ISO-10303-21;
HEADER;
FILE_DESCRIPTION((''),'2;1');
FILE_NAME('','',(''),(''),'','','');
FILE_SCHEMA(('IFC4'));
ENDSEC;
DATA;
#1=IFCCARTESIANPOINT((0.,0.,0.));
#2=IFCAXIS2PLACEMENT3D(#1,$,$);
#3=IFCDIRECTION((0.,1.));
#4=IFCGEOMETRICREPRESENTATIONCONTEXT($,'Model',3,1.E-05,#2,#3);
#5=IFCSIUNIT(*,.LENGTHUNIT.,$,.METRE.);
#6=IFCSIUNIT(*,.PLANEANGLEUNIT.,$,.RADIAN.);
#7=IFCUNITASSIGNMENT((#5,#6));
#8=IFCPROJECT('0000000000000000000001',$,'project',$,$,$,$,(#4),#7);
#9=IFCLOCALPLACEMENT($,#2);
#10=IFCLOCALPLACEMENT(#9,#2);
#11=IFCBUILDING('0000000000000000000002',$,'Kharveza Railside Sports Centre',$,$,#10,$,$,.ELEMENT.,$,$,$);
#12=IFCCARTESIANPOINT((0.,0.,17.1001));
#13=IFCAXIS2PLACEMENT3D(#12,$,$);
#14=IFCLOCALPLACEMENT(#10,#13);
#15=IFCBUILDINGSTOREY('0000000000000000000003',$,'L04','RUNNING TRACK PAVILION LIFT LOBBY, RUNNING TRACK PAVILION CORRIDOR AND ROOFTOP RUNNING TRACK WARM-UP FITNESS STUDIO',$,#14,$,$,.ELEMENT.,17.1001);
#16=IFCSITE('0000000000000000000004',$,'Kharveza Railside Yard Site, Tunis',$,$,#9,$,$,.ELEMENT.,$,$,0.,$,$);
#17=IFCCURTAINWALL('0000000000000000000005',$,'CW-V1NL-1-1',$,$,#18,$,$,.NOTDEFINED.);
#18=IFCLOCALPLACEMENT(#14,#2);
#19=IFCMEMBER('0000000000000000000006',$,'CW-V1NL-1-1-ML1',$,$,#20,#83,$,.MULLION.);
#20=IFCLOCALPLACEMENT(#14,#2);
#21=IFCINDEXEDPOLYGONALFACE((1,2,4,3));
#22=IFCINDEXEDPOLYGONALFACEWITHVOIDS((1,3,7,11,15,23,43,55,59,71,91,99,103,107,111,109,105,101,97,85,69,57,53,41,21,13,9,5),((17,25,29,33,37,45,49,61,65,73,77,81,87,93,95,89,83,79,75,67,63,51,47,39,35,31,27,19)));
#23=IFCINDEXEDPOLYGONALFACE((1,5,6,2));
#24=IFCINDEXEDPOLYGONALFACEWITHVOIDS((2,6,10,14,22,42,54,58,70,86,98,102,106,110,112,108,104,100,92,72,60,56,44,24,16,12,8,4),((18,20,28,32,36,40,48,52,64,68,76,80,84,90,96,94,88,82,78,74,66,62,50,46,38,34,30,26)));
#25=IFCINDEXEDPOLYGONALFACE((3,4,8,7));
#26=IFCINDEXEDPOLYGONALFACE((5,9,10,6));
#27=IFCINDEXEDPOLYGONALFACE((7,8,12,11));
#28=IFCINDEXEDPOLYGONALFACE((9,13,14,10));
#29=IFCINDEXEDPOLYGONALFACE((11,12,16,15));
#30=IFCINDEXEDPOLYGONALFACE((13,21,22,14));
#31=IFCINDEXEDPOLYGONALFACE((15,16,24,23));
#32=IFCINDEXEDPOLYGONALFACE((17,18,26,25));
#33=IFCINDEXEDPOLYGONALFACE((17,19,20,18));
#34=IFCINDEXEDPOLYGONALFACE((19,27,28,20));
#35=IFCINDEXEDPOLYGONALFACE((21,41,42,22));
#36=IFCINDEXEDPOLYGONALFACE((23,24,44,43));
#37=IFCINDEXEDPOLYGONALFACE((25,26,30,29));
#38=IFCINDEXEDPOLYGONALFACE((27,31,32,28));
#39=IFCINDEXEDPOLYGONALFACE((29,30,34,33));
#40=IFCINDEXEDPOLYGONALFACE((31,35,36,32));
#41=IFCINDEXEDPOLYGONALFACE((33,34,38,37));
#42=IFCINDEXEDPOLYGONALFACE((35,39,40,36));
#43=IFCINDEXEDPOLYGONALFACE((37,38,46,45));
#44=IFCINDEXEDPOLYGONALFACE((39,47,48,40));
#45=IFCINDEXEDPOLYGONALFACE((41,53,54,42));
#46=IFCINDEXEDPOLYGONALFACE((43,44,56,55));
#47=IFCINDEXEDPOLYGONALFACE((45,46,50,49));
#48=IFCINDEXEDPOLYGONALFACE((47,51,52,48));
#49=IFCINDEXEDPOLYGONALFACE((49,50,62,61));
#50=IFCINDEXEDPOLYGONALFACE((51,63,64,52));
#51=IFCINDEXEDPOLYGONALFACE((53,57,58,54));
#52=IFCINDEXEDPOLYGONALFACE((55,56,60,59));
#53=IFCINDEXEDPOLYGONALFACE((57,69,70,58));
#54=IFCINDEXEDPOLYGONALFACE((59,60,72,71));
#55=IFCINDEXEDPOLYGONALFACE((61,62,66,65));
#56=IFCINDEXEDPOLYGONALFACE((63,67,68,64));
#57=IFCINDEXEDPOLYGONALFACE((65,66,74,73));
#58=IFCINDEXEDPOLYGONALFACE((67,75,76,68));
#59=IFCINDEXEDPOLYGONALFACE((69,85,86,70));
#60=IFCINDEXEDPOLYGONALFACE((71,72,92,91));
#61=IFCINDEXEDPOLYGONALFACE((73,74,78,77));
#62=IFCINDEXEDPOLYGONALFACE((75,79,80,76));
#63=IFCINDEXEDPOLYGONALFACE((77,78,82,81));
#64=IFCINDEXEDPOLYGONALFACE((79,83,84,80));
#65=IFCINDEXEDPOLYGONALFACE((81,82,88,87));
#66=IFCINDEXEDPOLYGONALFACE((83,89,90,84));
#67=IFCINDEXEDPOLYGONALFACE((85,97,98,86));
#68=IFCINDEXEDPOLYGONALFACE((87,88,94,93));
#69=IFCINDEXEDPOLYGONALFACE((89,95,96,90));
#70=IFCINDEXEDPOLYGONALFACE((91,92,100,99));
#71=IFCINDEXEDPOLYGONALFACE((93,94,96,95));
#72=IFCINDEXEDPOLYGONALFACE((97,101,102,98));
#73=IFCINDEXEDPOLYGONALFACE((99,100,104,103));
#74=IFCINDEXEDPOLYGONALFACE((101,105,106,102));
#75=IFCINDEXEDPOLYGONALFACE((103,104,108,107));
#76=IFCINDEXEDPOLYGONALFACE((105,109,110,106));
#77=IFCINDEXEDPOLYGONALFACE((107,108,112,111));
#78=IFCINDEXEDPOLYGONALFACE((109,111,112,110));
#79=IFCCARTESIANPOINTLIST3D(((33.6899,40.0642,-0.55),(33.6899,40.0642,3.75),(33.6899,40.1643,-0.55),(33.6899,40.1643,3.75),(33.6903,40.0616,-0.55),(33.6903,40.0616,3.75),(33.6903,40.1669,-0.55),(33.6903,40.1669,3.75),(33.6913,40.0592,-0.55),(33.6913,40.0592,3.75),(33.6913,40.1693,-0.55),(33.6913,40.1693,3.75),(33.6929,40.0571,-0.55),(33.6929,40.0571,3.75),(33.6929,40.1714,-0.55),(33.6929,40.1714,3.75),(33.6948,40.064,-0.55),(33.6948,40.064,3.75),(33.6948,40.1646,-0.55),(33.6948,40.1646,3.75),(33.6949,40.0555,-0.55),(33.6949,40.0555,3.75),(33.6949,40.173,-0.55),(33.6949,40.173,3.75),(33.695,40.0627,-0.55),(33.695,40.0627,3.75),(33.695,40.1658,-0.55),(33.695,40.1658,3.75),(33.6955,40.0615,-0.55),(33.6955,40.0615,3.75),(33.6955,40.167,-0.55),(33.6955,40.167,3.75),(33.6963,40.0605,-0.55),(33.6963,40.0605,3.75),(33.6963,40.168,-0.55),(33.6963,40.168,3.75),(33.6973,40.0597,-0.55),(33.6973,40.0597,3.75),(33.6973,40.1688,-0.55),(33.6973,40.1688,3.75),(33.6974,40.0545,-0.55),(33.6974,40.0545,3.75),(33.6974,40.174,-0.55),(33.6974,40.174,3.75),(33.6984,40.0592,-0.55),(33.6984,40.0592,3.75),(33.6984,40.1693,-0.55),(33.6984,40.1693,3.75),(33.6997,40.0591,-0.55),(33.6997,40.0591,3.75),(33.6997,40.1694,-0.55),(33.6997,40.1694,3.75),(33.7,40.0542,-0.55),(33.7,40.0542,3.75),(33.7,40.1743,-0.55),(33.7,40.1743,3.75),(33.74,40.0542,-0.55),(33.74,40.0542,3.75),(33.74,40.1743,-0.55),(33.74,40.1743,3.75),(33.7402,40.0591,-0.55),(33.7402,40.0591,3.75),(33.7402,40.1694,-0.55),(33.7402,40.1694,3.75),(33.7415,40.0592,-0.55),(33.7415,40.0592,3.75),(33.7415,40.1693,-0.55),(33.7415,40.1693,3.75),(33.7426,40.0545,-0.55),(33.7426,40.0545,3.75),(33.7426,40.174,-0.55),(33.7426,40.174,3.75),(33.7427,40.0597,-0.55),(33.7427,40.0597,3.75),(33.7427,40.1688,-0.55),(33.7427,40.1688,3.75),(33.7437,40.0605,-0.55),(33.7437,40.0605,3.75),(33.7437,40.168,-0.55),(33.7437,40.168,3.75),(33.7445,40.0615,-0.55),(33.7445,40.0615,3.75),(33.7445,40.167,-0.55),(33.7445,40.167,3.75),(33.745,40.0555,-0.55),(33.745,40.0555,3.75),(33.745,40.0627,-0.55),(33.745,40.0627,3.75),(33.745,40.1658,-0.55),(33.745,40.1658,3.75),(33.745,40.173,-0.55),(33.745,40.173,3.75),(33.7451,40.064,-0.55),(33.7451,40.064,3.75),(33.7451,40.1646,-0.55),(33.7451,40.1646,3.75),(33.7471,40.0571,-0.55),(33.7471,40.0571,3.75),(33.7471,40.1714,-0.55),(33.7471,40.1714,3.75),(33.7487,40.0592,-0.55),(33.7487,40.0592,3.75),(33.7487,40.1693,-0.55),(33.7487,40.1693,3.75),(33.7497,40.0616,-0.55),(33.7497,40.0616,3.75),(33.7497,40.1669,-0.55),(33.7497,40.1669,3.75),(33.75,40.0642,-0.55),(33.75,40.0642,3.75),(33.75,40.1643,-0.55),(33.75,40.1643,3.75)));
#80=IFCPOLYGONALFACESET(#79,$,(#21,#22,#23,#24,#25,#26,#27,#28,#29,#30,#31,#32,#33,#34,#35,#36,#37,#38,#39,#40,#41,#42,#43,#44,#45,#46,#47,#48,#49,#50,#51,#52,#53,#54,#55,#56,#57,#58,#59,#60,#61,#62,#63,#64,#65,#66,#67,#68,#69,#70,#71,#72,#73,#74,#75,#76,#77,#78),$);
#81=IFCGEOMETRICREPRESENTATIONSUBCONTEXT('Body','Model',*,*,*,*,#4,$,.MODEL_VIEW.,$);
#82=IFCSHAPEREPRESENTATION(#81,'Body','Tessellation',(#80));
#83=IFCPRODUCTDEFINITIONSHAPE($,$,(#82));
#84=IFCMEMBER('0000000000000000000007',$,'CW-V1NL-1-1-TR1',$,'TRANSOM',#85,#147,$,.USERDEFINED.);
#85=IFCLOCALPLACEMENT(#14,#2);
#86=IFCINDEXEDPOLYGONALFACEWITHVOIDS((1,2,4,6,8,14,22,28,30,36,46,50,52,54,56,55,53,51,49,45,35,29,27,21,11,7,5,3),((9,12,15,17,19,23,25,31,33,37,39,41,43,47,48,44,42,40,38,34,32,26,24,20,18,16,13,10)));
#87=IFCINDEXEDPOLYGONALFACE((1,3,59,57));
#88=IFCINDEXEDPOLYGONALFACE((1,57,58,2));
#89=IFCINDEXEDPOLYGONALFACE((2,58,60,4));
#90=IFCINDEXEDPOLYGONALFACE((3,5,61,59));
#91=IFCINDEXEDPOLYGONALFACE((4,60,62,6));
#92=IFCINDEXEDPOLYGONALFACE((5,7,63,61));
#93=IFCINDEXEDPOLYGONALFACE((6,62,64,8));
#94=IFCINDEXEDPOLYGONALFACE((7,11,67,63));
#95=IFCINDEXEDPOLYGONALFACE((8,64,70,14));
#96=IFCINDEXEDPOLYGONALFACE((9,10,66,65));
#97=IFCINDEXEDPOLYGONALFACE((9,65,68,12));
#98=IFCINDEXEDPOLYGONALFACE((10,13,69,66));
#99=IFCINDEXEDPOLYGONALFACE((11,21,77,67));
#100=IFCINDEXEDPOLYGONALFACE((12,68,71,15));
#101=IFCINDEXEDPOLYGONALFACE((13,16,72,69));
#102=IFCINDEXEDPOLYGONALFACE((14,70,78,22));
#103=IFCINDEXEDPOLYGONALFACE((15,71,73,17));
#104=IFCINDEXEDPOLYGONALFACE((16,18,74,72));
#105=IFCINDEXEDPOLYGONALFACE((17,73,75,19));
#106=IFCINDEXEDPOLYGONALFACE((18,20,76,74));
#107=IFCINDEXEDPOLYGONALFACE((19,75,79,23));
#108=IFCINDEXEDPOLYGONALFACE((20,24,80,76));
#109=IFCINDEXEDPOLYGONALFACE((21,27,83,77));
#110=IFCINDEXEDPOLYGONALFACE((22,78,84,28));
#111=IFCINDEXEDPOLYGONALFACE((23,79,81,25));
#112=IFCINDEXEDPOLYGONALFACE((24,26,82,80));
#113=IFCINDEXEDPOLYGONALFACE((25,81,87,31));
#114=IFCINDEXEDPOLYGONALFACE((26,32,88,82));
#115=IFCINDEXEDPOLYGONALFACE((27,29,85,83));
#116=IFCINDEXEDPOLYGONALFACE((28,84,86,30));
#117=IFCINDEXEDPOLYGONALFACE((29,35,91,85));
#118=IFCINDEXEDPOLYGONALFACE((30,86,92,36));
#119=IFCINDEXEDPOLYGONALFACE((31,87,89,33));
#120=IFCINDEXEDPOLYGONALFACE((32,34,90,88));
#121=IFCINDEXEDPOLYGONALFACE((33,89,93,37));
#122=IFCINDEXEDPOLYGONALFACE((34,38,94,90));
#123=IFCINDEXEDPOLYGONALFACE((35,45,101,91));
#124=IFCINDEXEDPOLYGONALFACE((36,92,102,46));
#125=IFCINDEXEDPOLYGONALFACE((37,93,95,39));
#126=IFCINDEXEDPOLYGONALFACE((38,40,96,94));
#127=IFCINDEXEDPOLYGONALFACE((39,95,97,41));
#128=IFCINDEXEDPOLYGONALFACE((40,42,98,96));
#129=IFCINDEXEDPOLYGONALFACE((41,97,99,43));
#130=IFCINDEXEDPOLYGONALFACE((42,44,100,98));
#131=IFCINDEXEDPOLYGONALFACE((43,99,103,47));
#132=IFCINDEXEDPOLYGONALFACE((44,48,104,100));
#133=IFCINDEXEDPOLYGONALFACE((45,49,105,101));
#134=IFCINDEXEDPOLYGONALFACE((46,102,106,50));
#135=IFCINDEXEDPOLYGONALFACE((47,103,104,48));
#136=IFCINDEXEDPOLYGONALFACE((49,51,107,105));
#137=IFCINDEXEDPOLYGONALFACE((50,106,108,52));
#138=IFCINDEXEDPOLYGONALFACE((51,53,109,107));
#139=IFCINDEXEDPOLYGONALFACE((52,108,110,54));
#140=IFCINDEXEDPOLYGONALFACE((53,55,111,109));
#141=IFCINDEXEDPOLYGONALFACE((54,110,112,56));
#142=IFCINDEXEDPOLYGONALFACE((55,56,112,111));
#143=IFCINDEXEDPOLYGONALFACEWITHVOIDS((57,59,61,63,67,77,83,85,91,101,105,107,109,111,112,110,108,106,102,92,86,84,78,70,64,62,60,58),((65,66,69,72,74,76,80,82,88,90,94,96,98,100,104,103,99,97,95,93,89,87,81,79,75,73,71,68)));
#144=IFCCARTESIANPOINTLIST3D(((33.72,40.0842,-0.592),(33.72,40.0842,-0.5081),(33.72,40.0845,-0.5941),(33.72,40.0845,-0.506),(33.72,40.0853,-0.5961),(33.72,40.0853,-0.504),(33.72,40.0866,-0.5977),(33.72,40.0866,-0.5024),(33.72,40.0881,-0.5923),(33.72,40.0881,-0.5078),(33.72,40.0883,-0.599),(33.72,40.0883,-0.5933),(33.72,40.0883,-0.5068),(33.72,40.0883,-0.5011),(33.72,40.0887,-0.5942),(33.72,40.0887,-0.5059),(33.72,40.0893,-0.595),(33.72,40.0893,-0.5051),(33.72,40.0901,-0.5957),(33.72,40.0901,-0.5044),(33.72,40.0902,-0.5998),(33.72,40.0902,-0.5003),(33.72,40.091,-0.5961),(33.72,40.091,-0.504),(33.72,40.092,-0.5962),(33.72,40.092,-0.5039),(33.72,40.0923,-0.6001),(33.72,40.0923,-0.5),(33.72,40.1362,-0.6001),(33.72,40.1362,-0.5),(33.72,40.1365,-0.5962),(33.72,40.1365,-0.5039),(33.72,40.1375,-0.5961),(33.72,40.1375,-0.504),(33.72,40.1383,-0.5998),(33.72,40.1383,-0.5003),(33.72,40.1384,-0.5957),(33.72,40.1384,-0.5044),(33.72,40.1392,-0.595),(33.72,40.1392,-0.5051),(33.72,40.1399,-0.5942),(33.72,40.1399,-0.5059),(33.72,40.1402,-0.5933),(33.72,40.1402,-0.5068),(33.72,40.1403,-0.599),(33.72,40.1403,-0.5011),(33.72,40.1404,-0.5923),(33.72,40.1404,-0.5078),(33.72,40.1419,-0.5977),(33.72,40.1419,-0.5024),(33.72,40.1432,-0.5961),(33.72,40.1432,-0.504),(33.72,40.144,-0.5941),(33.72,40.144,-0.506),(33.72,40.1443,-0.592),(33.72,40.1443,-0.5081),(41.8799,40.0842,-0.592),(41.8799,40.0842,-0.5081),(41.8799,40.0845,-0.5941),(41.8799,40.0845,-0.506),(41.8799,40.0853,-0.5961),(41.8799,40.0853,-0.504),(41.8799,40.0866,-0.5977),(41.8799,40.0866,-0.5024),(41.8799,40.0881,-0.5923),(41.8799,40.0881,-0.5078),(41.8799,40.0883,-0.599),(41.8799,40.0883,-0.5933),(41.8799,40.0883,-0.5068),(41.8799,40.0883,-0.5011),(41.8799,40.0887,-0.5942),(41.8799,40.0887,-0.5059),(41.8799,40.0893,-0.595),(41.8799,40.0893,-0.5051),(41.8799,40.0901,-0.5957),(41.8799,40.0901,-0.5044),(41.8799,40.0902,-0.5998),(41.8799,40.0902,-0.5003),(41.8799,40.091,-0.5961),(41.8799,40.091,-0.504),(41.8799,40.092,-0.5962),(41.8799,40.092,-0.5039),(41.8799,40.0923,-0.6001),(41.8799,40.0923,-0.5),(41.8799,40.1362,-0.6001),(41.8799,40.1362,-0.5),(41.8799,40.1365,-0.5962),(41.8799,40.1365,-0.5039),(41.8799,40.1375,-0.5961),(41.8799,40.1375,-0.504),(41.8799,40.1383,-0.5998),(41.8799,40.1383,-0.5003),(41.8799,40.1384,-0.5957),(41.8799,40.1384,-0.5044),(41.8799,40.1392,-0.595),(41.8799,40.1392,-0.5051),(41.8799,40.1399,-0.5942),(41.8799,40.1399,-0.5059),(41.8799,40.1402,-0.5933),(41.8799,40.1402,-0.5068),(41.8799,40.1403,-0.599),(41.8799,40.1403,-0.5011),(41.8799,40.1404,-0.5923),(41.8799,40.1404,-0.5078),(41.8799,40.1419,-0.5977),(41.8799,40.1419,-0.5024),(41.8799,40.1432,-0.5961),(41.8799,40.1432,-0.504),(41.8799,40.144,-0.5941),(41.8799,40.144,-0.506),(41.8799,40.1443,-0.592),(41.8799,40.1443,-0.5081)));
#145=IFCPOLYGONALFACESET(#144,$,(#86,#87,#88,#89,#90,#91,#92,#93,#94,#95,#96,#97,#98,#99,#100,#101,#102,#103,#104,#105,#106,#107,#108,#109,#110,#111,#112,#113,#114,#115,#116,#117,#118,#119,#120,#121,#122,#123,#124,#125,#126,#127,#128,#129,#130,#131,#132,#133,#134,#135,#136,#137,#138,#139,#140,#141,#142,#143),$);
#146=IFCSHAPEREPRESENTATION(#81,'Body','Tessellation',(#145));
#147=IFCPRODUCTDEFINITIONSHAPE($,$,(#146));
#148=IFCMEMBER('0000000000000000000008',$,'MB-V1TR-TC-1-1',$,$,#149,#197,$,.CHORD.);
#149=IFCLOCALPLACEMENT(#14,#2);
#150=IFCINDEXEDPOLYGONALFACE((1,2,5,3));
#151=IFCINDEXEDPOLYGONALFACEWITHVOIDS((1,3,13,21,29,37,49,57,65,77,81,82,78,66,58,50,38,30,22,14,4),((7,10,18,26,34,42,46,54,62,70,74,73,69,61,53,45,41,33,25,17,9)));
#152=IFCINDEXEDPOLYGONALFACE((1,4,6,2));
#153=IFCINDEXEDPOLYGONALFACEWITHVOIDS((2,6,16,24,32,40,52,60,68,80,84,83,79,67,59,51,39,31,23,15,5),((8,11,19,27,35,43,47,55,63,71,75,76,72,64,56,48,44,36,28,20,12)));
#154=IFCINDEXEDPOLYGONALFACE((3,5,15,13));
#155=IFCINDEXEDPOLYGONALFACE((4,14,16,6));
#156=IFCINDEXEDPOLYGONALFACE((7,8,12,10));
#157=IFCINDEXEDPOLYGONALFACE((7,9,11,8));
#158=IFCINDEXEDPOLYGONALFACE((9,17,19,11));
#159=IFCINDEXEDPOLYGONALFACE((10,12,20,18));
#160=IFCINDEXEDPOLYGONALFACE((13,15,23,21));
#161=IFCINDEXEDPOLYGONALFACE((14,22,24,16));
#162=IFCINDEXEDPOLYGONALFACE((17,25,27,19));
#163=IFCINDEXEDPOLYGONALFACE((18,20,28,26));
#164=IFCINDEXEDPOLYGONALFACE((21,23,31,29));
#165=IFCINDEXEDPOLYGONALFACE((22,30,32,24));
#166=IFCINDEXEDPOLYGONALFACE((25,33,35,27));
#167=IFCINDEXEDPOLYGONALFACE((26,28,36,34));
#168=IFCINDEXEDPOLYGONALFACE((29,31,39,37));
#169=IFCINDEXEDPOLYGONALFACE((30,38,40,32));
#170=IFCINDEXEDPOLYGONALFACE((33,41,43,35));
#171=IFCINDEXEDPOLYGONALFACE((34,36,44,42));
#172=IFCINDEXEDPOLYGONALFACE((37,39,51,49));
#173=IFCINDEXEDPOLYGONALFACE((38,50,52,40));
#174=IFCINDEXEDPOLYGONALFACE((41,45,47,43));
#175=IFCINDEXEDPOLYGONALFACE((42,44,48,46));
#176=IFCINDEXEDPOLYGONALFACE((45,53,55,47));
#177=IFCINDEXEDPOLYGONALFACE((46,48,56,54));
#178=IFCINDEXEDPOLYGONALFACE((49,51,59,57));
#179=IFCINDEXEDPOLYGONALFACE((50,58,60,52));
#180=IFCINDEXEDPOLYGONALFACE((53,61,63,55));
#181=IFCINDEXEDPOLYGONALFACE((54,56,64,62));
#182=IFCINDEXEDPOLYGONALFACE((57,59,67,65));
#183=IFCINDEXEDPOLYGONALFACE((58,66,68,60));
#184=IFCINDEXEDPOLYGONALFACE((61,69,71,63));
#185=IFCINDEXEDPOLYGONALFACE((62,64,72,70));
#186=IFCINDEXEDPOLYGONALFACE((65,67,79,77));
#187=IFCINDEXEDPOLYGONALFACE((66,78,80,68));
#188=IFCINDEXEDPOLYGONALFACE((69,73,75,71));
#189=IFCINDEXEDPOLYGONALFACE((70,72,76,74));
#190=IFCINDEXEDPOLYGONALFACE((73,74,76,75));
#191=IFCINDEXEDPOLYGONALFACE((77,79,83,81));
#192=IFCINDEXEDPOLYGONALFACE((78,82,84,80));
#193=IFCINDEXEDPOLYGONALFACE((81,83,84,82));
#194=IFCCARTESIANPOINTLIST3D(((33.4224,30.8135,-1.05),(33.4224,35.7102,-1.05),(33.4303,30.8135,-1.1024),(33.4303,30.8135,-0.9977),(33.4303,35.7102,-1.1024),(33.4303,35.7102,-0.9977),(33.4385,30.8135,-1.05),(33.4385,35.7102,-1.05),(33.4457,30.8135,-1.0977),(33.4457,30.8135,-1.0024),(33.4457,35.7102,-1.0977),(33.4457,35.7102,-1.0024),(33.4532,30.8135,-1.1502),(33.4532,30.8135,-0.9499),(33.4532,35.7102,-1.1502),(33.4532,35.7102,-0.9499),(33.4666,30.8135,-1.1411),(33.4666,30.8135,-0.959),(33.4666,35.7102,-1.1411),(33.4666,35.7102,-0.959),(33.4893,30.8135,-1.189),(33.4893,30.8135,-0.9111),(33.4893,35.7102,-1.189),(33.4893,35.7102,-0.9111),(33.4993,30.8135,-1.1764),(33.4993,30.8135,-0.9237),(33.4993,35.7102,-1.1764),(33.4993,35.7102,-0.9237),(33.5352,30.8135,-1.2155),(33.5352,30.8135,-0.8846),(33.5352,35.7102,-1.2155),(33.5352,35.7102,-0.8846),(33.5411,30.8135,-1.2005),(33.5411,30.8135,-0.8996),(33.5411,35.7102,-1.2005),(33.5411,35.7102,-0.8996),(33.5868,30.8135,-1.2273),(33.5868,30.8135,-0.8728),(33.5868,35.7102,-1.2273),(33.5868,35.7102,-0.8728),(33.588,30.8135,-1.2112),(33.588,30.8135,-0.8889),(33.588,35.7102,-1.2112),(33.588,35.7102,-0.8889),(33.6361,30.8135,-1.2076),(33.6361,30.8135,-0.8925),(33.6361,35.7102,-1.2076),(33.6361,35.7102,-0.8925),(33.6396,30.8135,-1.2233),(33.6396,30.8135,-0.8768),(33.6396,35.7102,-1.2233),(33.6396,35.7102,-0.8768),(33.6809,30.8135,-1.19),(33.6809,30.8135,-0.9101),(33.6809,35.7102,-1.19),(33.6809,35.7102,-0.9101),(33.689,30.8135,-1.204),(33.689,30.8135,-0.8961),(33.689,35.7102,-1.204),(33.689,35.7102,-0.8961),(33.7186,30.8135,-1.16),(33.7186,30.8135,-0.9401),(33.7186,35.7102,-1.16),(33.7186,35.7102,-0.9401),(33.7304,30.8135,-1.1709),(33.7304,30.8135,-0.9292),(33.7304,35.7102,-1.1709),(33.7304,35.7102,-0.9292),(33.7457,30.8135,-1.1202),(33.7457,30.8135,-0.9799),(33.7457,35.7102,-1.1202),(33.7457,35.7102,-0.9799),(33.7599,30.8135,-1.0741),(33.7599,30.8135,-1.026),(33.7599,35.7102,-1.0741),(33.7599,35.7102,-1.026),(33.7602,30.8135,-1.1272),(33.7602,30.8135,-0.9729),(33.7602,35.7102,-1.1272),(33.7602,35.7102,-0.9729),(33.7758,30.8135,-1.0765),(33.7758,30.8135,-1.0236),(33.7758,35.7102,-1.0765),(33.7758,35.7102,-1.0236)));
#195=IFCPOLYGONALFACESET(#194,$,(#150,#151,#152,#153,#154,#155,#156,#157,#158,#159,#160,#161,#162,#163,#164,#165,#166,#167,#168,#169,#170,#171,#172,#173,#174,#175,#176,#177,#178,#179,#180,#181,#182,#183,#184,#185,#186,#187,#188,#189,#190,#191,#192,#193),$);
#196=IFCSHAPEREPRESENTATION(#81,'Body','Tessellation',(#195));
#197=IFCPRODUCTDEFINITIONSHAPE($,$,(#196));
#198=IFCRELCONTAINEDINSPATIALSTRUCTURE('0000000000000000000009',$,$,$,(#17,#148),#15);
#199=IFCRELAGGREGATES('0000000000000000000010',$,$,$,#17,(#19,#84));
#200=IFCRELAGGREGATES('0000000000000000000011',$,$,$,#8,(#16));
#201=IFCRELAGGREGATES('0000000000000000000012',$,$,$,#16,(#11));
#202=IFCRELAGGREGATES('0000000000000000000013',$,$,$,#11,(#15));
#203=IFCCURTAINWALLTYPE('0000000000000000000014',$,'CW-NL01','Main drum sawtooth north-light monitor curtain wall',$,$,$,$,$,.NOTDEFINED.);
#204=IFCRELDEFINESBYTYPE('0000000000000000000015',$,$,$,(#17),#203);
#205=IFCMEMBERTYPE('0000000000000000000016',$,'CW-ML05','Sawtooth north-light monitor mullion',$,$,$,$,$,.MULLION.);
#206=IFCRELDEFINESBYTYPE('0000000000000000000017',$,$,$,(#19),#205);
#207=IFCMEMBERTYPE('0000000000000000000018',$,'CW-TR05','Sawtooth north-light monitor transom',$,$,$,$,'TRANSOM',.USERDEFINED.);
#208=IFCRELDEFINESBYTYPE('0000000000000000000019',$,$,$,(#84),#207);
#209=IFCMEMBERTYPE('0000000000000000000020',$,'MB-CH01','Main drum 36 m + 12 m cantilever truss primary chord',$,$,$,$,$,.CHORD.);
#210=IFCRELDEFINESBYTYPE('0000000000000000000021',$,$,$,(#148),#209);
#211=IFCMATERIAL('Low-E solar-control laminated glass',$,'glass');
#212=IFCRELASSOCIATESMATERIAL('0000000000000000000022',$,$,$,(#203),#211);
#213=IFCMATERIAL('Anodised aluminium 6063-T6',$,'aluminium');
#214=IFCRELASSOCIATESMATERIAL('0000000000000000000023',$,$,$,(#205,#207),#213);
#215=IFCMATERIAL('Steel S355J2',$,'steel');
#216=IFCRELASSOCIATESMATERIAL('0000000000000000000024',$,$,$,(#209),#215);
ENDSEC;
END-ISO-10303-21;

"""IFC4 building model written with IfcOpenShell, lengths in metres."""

from ifc_helpers import new_model, si_unit, direction, frame, origin, origin_2d, place, context, subcontext, project, spatial, hollow_rectangle, hollow_circle, extrude, material, material_profile, profile_set, type_object, element, aggregate, save


model = new_model("IFC4")

# Units and contexts
model_context = context("Model", 3, precision=1e-05, world=origin(), true_north=direction((0.0, 1.0)))
body_context = subcontext(model_context, "Body", "Model", "MODEL_VIEW")
ifc_project = project(units=[si_unit("LENGTHUNIT", "METRE"), si_unit("PLANEANGLEUNIT", "RADIAN")], contexts=[model_context])

# Site, building, storey
site_placement = place(None, origin())
site = spatial("IfcSite", under=ifc_project, at=site_placement, Name="Kharveza Railside Yard Site, Tunis", CompositionType="ELEMENT", RefElevation=0.0)
building_placement = place(site_placement, origin())
building = spatial("IfcBuilding", under=site, at=building_placement, Name="Kharveza Railside Sports Centre", CompositionType="ELEMENT")
storey_placement = place(building_placement, frame((0.0, 0.0, 17.1001)))
storey = spatial("IfcBuildingStorey", under=building, at=storey_placement, Name="L04", Description="RUNNING TRACK PAVILION LIFT LOBBY, RUNNING TRACK PAVILION CORRIDOR AND ROOFTOP RUNNING TRACK WARM-UP FITNESS STUDIO", CompositionType="ELEMENT", Elevation=17.1001)

# Shared definitions
ifc_material_1 = material(Name="Steel S355J2", Category="steel")

# Curtain wall, members
ifc_material_2 = material(Name="Low-E solar-control laminated glass", Category="glass")
curtain_wall_type = type_object("IfcCurtainWallType", Name="CW-NL01", Description="Main drum sawtooth north-light monitor curtain wall", PredefinedType="NOTDEFINED", material=ifc_material_2)
curtain_wall_placement = place(storey_placement, origin())
curtain_wall = element("IfcCurtainWall", 1, at=curtain_wall_placement, inside=storey, type_object=curtain_wall_type, Name="CW-V1NL-1-1", PredefinedType="NOTDEFINED")
ifc_material_3 = material(Name="Anodised aluminium 6063-T6", Category="aluminium")
ifc_material_profile_1 = material_profile(ifc_material_3, hollow_rectangle(XDim=0.0601, YDim=0.1201, WallThickness=0.0049, InnerFilletRadius=0.0049, OuterFilletRadius=0.01, at=origin_2d()), Name="RHS 60x120x5.0")
ifc_profile_set_1 = profile_set([ifc_material_profile_1], Name="Anodised aluminium 6063-T6")
member_type_1 = type_object("IfcMemberType", Name="CW-ML05", Description="Sawtooth north-light monitor mullion", PredefinedType="MULLION", material=ifc_profile_set_1)
member_1_placement = place(storey_placement, frame((33.72, 40.1143, -0.55), z_axis=(0.0, 0.0, 1.0), x_axis=(1.0, 0.0, 0.0)))
member_1 = element("IfcMember", 2, at=member_1_placement, type_object=member_type_1, Name="CW-V1NL-1-1-ML1", PredefinedType="MULLION", context=body_context, shape_type="SweptSolid", body=[
    extrude(hollow_rectangle(XDim=0.0601, YDim=0.1201, WallThickness=0.0049, InnerFilletRadius=0.0049, OuterFilletRadius=0.01, at=origin_2d()), origin(), (0.0, 0.0, 1.0), 4.3),
])
ifc_material_profile_2 = material_profile(ifc_material_3, hollow_rectangle(XDim=0.0601, YDim=0.1001, WallThickness=0.0039, InnerFilletRadius=0.0039, OuterFilletRadius=0.0081, at=origin_2d()), Name="RHS 60x100x4.0")
ifc_profile_set_2 = profile_set([ifc_material_profile_2], Name="Anodised aluminium 6063-T6")
member_type_2 = type_object("IfcMemberType", Name="CW-TR05", Description="Sawtooth north-light monitor transom", ElementType="TRANSOM", PredefinedType="USERDEFINED", material=ifc_profile_set_2)
member_2_placement = place(storey_placement, frame((33.72, 40.1143, -0.55), z_axis=(1.0, 0.0, 0.0), x_axis=(0.0, 1.0, 0.0)))
member_2 = element("IfcMember", 3, at=member_2_placement, type_object=member_type_2, Name="CW-V1NL-1-1-TR1", ObjectType="TRANSOM", PredefinedType="USERDEFINED", context=body_context, shape_type="SweptSolid", body=[
    extrude(hollow_rectangle(XDim=0.0601, YDim=0.1001, WallThickness=0.0039, InnerFilletRadius=0.0039, OuterFilletRadius=0.0081, at=origin_2d()), origin(), (0.0, 0.0, 1.0), 8.1599),
])
aggregate(curtain_wall, [member_1, member_2])

# Member
ifc_material_profile_3 = material_profile(ifc_material_1, hollow_circle(Radius=0.1777, WallThickness=0.0161, at=origin_2d()), Name="CHS 355.6x16.0")
ifc_profile_set_3 = profile_set([ifc_material_profile_3], Name="Steel S355J2")
member_type_3 = type_object("IfcMemberType", Name="MB-CH01", Description="Main drum 36 m + 12 m cantilever truss primary chord", PredefinedType="CHORD", material=ifc_profile_set_3)
member_3_placement = place(storey_placement, frame((33.6001, 30.8135, -1.05), z_axis=(0.0, 1.0, 0.0), x_axis=(-1.0, 0.0, 0.0)))
element("IfcMember", 4, at=member_3_placement, inside=storey, type_object=member_type_3, Name="MB-V1TR-TC-1-1", PredefinedType="CHORD", context=body_context, shape_type="SweptSolid", body=[
    extrude(hollow_circle(Radius=0.1777, WallThickness=0.0161, at=origin_2d()), origin(), (0.0, 0.0, 1.0), 4.8967),
])

save(model, "model.ifc")
